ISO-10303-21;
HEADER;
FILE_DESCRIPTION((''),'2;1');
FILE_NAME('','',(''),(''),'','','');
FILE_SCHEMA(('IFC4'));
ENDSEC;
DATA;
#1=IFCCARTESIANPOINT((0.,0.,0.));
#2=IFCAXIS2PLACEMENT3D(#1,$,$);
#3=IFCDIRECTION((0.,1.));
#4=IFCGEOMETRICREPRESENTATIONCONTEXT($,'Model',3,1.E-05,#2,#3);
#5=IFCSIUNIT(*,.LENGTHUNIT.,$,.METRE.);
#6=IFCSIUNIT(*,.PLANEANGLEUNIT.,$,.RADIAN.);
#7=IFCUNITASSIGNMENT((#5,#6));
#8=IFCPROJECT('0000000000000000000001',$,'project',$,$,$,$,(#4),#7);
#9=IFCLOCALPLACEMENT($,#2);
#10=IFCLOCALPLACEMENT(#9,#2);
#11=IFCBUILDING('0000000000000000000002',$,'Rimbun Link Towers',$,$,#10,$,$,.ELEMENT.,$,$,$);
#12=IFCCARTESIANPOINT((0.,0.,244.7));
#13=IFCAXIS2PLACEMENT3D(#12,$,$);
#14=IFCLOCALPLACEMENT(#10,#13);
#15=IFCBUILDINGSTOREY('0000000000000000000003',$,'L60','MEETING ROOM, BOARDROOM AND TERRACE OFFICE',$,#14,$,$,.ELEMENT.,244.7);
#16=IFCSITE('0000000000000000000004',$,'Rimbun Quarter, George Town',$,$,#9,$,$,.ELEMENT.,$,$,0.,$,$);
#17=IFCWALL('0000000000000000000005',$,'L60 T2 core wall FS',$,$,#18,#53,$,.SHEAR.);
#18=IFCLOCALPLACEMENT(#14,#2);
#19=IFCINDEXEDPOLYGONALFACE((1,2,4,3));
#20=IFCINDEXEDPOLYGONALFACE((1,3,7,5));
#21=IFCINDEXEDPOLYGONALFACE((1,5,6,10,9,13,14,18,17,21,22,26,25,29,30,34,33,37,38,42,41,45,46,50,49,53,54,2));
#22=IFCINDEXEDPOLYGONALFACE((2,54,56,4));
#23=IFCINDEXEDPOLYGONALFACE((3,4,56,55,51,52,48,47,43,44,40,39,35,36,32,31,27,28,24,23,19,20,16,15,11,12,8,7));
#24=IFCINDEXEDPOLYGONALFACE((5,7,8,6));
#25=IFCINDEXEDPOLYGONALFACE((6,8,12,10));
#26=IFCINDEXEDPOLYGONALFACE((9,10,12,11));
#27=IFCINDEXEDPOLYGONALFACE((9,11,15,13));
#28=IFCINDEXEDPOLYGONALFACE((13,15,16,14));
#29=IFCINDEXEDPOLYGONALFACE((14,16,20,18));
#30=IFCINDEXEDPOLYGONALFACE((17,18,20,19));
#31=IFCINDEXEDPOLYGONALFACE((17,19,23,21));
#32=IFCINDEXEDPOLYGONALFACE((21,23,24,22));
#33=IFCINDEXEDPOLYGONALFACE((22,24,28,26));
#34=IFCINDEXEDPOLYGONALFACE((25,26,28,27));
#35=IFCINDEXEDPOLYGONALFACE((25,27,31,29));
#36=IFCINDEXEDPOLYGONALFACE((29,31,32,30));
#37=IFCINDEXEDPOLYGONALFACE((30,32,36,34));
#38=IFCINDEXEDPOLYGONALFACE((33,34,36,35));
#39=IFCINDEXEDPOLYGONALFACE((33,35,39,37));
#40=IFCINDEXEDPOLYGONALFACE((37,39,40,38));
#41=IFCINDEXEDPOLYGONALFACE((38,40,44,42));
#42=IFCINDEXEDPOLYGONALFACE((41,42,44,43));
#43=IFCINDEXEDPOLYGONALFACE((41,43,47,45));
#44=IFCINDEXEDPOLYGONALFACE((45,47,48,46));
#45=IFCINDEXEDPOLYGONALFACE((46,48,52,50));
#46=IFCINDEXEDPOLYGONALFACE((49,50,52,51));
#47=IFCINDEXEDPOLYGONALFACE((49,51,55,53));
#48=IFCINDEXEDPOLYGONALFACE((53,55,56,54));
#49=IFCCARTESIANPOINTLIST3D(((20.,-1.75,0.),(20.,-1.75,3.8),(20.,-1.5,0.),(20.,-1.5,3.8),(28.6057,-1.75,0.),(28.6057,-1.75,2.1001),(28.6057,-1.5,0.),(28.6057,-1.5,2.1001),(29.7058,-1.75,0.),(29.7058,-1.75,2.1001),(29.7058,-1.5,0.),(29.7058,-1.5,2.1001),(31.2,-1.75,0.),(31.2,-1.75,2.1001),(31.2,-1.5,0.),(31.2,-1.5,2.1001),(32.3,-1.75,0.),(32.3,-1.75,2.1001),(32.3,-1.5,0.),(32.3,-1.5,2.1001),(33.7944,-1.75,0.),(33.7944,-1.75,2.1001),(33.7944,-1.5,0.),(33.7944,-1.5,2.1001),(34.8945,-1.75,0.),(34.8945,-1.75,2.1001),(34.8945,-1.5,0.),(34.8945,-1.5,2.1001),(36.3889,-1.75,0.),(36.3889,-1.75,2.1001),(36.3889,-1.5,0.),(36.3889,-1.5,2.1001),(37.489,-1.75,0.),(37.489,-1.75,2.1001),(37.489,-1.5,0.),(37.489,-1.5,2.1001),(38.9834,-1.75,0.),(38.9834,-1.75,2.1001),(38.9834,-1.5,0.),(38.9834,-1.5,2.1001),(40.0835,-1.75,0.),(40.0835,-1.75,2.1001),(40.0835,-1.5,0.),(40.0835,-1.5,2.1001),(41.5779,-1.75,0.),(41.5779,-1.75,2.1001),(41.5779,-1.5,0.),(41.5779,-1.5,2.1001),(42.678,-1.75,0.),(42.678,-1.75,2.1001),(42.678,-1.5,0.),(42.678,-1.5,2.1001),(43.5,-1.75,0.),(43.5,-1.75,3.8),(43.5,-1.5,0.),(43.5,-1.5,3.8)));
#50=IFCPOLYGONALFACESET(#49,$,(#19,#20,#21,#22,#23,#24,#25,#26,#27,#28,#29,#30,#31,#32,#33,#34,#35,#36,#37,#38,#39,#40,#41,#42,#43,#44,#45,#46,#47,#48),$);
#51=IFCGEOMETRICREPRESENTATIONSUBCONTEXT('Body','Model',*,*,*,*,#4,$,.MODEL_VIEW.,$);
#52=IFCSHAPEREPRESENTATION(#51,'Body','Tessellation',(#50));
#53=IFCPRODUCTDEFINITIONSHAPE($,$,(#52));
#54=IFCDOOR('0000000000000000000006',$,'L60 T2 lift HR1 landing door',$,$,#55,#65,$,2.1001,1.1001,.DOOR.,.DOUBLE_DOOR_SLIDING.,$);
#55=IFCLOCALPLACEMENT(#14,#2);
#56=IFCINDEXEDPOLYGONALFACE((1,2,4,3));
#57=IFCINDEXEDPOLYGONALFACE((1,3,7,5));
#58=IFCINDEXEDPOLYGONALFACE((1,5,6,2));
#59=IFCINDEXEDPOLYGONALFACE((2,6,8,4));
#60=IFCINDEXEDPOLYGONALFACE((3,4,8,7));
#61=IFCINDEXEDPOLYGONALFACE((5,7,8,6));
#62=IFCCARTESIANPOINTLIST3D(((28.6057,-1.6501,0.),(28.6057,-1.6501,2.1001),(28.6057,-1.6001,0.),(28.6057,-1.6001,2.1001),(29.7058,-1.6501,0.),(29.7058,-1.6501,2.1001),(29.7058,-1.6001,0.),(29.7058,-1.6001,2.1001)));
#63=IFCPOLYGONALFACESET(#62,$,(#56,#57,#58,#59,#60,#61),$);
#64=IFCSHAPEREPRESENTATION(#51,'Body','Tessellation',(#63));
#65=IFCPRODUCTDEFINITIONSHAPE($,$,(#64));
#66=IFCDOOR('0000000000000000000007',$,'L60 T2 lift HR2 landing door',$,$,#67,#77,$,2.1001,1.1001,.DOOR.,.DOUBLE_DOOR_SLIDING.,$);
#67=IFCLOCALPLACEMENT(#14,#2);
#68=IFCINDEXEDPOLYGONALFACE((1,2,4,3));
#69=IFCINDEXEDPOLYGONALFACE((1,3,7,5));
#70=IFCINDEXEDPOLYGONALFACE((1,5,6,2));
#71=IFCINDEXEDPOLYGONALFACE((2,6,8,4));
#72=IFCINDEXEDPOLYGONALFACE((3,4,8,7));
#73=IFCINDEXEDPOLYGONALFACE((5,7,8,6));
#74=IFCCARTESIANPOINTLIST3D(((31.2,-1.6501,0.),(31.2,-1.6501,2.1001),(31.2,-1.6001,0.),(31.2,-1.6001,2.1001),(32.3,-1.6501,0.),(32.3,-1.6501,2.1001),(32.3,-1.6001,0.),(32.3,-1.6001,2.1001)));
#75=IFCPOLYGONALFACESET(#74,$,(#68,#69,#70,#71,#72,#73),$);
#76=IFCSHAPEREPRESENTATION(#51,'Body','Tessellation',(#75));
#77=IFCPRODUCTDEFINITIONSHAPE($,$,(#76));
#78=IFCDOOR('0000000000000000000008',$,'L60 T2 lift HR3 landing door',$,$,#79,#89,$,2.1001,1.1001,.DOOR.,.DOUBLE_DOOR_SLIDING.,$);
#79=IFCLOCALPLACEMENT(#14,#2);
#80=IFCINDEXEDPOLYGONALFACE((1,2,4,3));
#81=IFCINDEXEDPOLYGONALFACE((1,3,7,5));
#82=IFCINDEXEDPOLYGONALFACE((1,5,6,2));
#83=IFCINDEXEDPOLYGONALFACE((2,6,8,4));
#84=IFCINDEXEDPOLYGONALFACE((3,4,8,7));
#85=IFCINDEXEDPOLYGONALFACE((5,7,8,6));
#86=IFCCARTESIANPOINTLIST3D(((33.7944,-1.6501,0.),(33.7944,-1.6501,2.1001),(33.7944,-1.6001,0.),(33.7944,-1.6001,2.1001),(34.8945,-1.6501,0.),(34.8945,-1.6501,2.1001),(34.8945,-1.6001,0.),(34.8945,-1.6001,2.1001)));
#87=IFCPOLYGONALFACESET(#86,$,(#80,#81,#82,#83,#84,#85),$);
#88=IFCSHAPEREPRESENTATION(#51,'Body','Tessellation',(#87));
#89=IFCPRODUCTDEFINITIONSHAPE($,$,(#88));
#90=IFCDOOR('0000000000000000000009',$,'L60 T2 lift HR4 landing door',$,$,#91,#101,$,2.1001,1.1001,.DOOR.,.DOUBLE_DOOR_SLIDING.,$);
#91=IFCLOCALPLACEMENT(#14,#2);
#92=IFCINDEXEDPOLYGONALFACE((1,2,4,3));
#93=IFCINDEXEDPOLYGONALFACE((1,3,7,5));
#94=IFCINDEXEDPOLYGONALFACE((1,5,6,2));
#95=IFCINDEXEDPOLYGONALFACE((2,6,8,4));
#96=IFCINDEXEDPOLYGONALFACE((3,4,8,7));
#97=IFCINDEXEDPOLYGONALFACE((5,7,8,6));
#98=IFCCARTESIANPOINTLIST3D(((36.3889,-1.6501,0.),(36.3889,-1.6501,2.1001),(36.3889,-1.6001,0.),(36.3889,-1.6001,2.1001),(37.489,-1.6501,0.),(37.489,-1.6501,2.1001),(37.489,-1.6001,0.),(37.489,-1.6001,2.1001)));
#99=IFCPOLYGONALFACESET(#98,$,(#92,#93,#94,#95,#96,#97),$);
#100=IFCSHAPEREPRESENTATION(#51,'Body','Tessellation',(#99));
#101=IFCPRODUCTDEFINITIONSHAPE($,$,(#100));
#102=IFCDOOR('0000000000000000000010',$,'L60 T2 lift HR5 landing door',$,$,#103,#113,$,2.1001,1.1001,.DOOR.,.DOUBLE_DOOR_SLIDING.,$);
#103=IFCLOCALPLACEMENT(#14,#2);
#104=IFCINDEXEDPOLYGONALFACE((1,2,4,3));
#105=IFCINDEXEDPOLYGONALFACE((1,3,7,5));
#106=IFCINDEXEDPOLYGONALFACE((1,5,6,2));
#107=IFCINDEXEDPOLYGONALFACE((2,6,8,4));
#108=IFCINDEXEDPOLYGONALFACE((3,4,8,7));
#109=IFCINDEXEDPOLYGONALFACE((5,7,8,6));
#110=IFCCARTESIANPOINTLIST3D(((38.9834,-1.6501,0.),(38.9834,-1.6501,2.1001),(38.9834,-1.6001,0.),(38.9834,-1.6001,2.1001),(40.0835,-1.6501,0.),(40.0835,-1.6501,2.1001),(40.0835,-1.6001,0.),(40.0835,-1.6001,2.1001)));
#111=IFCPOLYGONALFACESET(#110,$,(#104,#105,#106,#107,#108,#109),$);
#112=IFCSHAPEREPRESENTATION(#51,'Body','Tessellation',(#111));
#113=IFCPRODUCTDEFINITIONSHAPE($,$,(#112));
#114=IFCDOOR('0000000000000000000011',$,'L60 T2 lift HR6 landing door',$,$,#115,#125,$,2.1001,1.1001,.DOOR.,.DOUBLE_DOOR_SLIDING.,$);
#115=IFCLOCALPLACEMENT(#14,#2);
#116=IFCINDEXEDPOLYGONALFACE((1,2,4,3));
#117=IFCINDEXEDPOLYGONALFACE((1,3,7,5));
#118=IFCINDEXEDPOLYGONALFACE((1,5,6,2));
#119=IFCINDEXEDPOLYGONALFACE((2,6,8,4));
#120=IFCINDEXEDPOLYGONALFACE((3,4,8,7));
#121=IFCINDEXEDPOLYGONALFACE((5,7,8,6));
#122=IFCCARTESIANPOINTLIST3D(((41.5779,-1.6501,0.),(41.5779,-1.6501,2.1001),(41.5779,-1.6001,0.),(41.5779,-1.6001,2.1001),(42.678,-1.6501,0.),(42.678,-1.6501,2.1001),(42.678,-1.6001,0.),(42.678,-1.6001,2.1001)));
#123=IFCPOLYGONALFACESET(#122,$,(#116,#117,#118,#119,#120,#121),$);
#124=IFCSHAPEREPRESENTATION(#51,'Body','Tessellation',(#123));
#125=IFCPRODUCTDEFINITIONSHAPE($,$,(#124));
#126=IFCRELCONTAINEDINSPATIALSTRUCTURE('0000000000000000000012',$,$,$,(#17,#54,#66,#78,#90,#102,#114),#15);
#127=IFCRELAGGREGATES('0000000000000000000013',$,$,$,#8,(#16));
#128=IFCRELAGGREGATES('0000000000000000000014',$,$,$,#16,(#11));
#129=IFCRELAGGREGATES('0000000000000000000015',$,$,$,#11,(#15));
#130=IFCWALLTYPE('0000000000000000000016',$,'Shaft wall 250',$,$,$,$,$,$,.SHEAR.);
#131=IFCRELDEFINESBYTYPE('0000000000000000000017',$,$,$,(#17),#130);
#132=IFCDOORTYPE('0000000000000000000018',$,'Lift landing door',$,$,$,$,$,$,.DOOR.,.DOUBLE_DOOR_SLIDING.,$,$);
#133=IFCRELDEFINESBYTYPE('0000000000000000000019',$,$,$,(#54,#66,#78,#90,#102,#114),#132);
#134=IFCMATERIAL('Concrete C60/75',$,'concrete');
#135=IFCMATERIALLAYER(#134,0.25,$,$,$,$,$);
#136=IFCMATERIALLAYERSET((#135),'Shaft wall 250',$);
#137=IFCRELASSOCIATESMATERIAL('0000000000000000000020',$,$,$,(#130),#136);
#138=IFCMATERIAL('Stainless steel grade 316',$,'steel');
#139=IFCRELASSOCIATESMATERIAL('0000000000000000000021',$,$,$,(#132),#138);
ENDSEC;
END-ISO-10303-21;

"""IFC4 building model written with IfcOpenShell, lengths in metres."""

from ifc_helpers import new_model, si_unit, direction, frame, frame_2d, origin, place, context, subcontext, project, spatial, rectangle, extrude, material, layer, layer_set, type_object, element, fill, save


model = new_model("IFC4")

# Units and contexts
model_context = context("Model", 3, precision=1e-05, world=origin(), true_north=direction((0.0, 1.0)))
body_context = subcontext(model_context, "Body", "Model", "MODEL_VIEW")
ifc_project = project(units=[si_unit("LENGTHUNIT", "METRE"), si_unit("PLANEANGLEUNIT", "RADIAN")], contexts=[model_context])

# Site, building, storey
site_placement = place(None, origin())
site = spatial("IfcSite", under=ifc_project, at=site_placement, Name="Rimbun Quarter, George Town", CompositionType="ELEMENT", RefElevation=0.0)
building_placement = place(site_placement, origin())
building = spatial("IfcBuilding", under=site, at=building_placement, Name="Rimbun Link Towers", CompositionType="ELEMENT")
storey_placement = place(building_placement, frame((0.0, 0.0, 244.7)))
storey = spatial("IfcBuildingStorey", under=building, at=storey_placement, Name="L60", Description="MEETING ROOM, BOARDROOM AND TERRACE OFFICE", CompositionType="ELEMENT", Elevation=244.7)

# Shared definitions
ifc_material_1 = material(Name="Concrete C60/75", Category="concrete")
ifc_layer_1 = layer(ifc_material_1, 0.25)
ifc_layer_set_1 = layer_set([ifc_layer_1], Name="Shaft wall 250")
wall_type_1 = type_object("IfcWallType", Name="Shaft wall 250", PredefinedType="SHEAR", material=ifc_layer_set_1)

# Wall, openings, doors
wall_1_placement = place(storey_placement, frame((20.0, -1.625, 0.0), z_axis=(0.0, 0.0, 1.0), x_axis=(1.0, 0.0, 0.0)))
wall_1 = element("IfcWall", 1, at=wall_1_placement, inside=storey, type_object=wall_type_1, Name="L60 T2 core wall FS", PredefinedType="SHEAR", context=body_context, shape_type="SweptSolid", body=[
    extrude(rectangle(XDim=23.5, YDim=0.25, at=frame_2d((11.75, 0.0))), origin(), (0.0, 0.0, 1.0), 3.8),
])
opening_1_placement = place(wall_1_placement, frame((8.6057, 0.0, 0.0)))
opening_1 = element("IfcOpeningElement", 2, at=opening_1_placement, cuts=wall_1, PredefinedType="OPENING", context=body_context, shape_type="SweptSolid", body=[
    extrude(rectangle(XDim=1.1001, YDim=2.1001, at=frame_2d((0.55, 1.05))), frame((0.0, 0.135, 0.0), z_axis=(0.0, -1.0, 0.0), x_axis=(1.0, 0.0, 0.0)), (0.0, 0.0, 1.0), 0.27),
])
opening_2_placement = place(wall_1_placement, frame((11.2, 0.0, 0.0)))
opening_2 = element("IfcOpeningElement", 3, at=opening_2_placement, cuts=wall_1, PredefinedType="OPENING", context=body_context, shape_type="SweptSolid", body=[
    extrude(rectangle(XDim=1.1001, YDim=2.1001, at=frame_2d((0.55, 1.05))), frame((0.0, 0.135, 0.0), z_axis=(0.0, -1.0, 0.0), x_axis=(1.0, 0.0, 0.0)), (0.0, 0.0, 1.0), 0.27),
])
opening_3_placement = place(wall_1_placement, frame((13.7944, 0.0, 0.0)))
opening_3 = element("IfcOpeningElement", 4, at=opening_3_placement, cuts=wall_1, PredefinedType="OPENING", context=body_context, shape_type="SweptSolid", body=[
    extrude(rectangle(XDim=1.1001, YDim=2.1001, at=frame_2d((0.55, 1.05))), frame((0.0, 0.135, 0.0), z_axis=(0.0, -1.0, 0.0), x_axis=(1.0, 0.0, 0.0)), (0.0, 0.0, 1.0), 0.27),
])
opening_4_placement = place(wall_1_placement, frame((16.3889, 0.0, 0.0)))
opening_4 = element("IfcOpeningElement", 5, at=opening_4_placement, cuts=wall_1, PredefinedType="OPENING", context=body_context, shape_type="SweptSolid", body=[
    extrude(rectangle(XDim=1.1001, YDim=2.1001, at=frame_2d((0.55, 1.05))), frame((0.0, 0.135, 0.0), z_axis=(0.0, -1.0, 0.0), x_axis=(1.0, 0.0, 0.0)), (0.0, 0.0, 1.0), 0.27),
])
opening_5_placement = place(wall_1_placement, frame((18.9834, 0.0, 0.0)))
opening_5 = element("IfcOpeningElement", 6, at=opening_5_placement, cuts=wall_1, PredefinedType="OPENING", context=body_context, shape_type="SweptSolid", body=[
    extrude(rectangle(XDim=1.1001, YDim=2.1001, at=frame_2d((0.55, 1.05))), frame((0.0, 0.135, 0.0), z_axis=(0.0, -1.0, 0.0), x_axis=(1.0, 0.0, 0.0)), (0.0, 0.0, 1.0), 0.27),
])
opening_6_placement = place(wall_1_placement, frame((21.5779, 0.0, 0.0)))
opening_6 = element("IfcOpeningElement", 7, at=opening_6_placement, cuts=wall_1, PredefinedType="OPENING", context=body_context, shape_type="SweptSolid", body=[
    extrude(rectangle(XDim=1.1001, YDim=2.1001, at=frame_2d((0.55, 1.05))), frame((0.0, 0.135, 0.0), z_axis=(0.0, -1.0, 0.0), x_axis=(1.0, 0.0, 0.0)), (0.0, 0.0, 1.0), 0.27),
])
ifc_material_2 = material(Name="Stainless steel grade 316", Category="steel")
door_type_1 = type_object("IfcDoorType", Name="Lift landing door", OperationType="DOUBLE_DOOR_SLIDING", PredefinedType="DOOR", material=ifc_material_2)
door_1_placement = place(opening_1_placement, origin())
door_1 = element("IfcDoor", 8, at=door_1_placement, inside=storey, type_object=door_type_1, Name="L60 T2 lift HR1 landing door", OperationType="DOUBLE_DOOR_SLIDING", OverallHeight=2.1001, OverallWidth=1.1001, PredefinedType="DOOR", context=body_context, shape_type="SweptSolid", body=[
    extrude(rectangle(XDim=1.1001, YDim=2.1001, at=frame_2d((0.55, 1.05))), frame((0.0, 0.0249, 0.0), z_axis=(0.0, -1.0, 0.0), x_axis=(1.0, 0.0, 0.0)), (0.0, 0.0, 1.0), 0.05),
])
fill(opening_1, door_1)
door_2_placement = place(opening_2_placement, origin())
door_2 = element("IfcDoor", 9, at=door_2_placement, inside=storey, type_object=door_type_1, Name="L60 T2 lift HR2 landing door", OperationType="DOUBLE_DOOR_SLIDING", OverallHeight=2.1001, OverallWidth=1.1001, PredefinedType="DOOR", context=body_context, shape_type="SweptSolid", body=[
    extrude(rectangle(XDim=1.1001, YDim=2.1001, at=frame_2d((0.55, 1.05))), frame((0.0, 0.0249, 0.0), z_axis=(0.0, -1.0, 0.0), x_axis=(1.0, 0.0, 0.0)), (0.0, 0.0, 1.0), 0.05),
])
fill(opening_2, door_2)
door_3_placement = place(opening_3_placement, origin())
door_3 = element("IfcDoor", 10, at=door_3_placement, inside=storey, type_object=door_type_1, Name="L60 T2 lift HR3 landing door", OperationType="DOUBLE_DOOR_SLIDING", OverallHeight=2.1001, OverallWidth=1.1001, PredefinedType="DOOR", context=body_context, shape_type="SweptSolid", body=[
    extrude(rectangle(XDim=1.1001, YDim=2.1001, at=frame_2d((0.55, 1.05))), frame((0.0, 0.0249, 0.0), z_axis=(0.0, -1.0, 0.0), x_axis=(1.0, 0.0, 0.0)), (0.0, 0.0, 1.0), 0.05),
])
fill(opening_3, door_3)
door_4_placement = place(opening_4_placement, origin())
door_4 = element("IfcDoor", 11, at=door_4_placement, inside=storey, type_object=door_type_1, Name="L60 T2 lift HR4 landing door", OperationType="DOUBLE_DOOR_SLIDING", OverallHeight=2.1001, OverallWidth=1.1001, PredefinedType="DOOR", context=body_context, shape_type="SweptSolid", body=[
    extrude(rectangle(XDim=1.1001, YDim=2.1001, at=frame_2d((0.55, 1.05))), frame((0.0, 0.0249, 0.0), z_axis=(0.0, -1.0, 0.0), x_axis=(1.0, 0.0, 0.0)), (0.0, 0.0, 1.0), 0.05),
])
fill(opening_4, door_4)
door_5_placement = place(opening_5_placement, origin())
door_5 = element("IfcDoor", 12, at=door_5_placement, inside=storey, type_object=door_type_1, Name="L60 T2 lift HR5 landing door", OperationType="DOUBLE_DOOR_SLIDING", OverallHeight=2.1001, OverallWidth=1.1001, PredefinedType="DOOR", context=body_context, shape_type="SweptSolid", body=[
    extrude(rectangle(XDim=1.1001, YDim=2.1001, at=frame_2d((0.55, 1.05))), frame((0.0, 0.0249, 0.0), z_axis=(0.0, -1.0, 0.0), x_axis=(1.0, 0.0, 0.0)), (0.0, 0.0, 1.0), 0.05),
])
fill(opening_5, door_5)
door_6_placement = place(opening_6_placement, origin())
door_6 = element("IfcDoor", 13, at=door_6_placement, inside=storey, type_object=door_type_1, Name="L60 T2 lift HR6 landing door", OperationType="DOUBLE_DOOR_SLIDING", OverallHeight=2.1001, OverallWidth=1.1001, PredefinedType="DOOR", context=body_context, shape_type="SweptSolid", body=[
    extrude(rectangle(XDim=1.1001, YDim=2.1001, at=frame_2d((0.55, 1.05))), frame((0.0, 0.0249, 0.0), z_axis=(0.0, -1.0, 0.0), x_axis=(1.0, 0.0, 0.0)), (0.0, 0.0, 1.0), 0.05),
])
fill(opening_6, door_6)

save(model, "model.ifc")
